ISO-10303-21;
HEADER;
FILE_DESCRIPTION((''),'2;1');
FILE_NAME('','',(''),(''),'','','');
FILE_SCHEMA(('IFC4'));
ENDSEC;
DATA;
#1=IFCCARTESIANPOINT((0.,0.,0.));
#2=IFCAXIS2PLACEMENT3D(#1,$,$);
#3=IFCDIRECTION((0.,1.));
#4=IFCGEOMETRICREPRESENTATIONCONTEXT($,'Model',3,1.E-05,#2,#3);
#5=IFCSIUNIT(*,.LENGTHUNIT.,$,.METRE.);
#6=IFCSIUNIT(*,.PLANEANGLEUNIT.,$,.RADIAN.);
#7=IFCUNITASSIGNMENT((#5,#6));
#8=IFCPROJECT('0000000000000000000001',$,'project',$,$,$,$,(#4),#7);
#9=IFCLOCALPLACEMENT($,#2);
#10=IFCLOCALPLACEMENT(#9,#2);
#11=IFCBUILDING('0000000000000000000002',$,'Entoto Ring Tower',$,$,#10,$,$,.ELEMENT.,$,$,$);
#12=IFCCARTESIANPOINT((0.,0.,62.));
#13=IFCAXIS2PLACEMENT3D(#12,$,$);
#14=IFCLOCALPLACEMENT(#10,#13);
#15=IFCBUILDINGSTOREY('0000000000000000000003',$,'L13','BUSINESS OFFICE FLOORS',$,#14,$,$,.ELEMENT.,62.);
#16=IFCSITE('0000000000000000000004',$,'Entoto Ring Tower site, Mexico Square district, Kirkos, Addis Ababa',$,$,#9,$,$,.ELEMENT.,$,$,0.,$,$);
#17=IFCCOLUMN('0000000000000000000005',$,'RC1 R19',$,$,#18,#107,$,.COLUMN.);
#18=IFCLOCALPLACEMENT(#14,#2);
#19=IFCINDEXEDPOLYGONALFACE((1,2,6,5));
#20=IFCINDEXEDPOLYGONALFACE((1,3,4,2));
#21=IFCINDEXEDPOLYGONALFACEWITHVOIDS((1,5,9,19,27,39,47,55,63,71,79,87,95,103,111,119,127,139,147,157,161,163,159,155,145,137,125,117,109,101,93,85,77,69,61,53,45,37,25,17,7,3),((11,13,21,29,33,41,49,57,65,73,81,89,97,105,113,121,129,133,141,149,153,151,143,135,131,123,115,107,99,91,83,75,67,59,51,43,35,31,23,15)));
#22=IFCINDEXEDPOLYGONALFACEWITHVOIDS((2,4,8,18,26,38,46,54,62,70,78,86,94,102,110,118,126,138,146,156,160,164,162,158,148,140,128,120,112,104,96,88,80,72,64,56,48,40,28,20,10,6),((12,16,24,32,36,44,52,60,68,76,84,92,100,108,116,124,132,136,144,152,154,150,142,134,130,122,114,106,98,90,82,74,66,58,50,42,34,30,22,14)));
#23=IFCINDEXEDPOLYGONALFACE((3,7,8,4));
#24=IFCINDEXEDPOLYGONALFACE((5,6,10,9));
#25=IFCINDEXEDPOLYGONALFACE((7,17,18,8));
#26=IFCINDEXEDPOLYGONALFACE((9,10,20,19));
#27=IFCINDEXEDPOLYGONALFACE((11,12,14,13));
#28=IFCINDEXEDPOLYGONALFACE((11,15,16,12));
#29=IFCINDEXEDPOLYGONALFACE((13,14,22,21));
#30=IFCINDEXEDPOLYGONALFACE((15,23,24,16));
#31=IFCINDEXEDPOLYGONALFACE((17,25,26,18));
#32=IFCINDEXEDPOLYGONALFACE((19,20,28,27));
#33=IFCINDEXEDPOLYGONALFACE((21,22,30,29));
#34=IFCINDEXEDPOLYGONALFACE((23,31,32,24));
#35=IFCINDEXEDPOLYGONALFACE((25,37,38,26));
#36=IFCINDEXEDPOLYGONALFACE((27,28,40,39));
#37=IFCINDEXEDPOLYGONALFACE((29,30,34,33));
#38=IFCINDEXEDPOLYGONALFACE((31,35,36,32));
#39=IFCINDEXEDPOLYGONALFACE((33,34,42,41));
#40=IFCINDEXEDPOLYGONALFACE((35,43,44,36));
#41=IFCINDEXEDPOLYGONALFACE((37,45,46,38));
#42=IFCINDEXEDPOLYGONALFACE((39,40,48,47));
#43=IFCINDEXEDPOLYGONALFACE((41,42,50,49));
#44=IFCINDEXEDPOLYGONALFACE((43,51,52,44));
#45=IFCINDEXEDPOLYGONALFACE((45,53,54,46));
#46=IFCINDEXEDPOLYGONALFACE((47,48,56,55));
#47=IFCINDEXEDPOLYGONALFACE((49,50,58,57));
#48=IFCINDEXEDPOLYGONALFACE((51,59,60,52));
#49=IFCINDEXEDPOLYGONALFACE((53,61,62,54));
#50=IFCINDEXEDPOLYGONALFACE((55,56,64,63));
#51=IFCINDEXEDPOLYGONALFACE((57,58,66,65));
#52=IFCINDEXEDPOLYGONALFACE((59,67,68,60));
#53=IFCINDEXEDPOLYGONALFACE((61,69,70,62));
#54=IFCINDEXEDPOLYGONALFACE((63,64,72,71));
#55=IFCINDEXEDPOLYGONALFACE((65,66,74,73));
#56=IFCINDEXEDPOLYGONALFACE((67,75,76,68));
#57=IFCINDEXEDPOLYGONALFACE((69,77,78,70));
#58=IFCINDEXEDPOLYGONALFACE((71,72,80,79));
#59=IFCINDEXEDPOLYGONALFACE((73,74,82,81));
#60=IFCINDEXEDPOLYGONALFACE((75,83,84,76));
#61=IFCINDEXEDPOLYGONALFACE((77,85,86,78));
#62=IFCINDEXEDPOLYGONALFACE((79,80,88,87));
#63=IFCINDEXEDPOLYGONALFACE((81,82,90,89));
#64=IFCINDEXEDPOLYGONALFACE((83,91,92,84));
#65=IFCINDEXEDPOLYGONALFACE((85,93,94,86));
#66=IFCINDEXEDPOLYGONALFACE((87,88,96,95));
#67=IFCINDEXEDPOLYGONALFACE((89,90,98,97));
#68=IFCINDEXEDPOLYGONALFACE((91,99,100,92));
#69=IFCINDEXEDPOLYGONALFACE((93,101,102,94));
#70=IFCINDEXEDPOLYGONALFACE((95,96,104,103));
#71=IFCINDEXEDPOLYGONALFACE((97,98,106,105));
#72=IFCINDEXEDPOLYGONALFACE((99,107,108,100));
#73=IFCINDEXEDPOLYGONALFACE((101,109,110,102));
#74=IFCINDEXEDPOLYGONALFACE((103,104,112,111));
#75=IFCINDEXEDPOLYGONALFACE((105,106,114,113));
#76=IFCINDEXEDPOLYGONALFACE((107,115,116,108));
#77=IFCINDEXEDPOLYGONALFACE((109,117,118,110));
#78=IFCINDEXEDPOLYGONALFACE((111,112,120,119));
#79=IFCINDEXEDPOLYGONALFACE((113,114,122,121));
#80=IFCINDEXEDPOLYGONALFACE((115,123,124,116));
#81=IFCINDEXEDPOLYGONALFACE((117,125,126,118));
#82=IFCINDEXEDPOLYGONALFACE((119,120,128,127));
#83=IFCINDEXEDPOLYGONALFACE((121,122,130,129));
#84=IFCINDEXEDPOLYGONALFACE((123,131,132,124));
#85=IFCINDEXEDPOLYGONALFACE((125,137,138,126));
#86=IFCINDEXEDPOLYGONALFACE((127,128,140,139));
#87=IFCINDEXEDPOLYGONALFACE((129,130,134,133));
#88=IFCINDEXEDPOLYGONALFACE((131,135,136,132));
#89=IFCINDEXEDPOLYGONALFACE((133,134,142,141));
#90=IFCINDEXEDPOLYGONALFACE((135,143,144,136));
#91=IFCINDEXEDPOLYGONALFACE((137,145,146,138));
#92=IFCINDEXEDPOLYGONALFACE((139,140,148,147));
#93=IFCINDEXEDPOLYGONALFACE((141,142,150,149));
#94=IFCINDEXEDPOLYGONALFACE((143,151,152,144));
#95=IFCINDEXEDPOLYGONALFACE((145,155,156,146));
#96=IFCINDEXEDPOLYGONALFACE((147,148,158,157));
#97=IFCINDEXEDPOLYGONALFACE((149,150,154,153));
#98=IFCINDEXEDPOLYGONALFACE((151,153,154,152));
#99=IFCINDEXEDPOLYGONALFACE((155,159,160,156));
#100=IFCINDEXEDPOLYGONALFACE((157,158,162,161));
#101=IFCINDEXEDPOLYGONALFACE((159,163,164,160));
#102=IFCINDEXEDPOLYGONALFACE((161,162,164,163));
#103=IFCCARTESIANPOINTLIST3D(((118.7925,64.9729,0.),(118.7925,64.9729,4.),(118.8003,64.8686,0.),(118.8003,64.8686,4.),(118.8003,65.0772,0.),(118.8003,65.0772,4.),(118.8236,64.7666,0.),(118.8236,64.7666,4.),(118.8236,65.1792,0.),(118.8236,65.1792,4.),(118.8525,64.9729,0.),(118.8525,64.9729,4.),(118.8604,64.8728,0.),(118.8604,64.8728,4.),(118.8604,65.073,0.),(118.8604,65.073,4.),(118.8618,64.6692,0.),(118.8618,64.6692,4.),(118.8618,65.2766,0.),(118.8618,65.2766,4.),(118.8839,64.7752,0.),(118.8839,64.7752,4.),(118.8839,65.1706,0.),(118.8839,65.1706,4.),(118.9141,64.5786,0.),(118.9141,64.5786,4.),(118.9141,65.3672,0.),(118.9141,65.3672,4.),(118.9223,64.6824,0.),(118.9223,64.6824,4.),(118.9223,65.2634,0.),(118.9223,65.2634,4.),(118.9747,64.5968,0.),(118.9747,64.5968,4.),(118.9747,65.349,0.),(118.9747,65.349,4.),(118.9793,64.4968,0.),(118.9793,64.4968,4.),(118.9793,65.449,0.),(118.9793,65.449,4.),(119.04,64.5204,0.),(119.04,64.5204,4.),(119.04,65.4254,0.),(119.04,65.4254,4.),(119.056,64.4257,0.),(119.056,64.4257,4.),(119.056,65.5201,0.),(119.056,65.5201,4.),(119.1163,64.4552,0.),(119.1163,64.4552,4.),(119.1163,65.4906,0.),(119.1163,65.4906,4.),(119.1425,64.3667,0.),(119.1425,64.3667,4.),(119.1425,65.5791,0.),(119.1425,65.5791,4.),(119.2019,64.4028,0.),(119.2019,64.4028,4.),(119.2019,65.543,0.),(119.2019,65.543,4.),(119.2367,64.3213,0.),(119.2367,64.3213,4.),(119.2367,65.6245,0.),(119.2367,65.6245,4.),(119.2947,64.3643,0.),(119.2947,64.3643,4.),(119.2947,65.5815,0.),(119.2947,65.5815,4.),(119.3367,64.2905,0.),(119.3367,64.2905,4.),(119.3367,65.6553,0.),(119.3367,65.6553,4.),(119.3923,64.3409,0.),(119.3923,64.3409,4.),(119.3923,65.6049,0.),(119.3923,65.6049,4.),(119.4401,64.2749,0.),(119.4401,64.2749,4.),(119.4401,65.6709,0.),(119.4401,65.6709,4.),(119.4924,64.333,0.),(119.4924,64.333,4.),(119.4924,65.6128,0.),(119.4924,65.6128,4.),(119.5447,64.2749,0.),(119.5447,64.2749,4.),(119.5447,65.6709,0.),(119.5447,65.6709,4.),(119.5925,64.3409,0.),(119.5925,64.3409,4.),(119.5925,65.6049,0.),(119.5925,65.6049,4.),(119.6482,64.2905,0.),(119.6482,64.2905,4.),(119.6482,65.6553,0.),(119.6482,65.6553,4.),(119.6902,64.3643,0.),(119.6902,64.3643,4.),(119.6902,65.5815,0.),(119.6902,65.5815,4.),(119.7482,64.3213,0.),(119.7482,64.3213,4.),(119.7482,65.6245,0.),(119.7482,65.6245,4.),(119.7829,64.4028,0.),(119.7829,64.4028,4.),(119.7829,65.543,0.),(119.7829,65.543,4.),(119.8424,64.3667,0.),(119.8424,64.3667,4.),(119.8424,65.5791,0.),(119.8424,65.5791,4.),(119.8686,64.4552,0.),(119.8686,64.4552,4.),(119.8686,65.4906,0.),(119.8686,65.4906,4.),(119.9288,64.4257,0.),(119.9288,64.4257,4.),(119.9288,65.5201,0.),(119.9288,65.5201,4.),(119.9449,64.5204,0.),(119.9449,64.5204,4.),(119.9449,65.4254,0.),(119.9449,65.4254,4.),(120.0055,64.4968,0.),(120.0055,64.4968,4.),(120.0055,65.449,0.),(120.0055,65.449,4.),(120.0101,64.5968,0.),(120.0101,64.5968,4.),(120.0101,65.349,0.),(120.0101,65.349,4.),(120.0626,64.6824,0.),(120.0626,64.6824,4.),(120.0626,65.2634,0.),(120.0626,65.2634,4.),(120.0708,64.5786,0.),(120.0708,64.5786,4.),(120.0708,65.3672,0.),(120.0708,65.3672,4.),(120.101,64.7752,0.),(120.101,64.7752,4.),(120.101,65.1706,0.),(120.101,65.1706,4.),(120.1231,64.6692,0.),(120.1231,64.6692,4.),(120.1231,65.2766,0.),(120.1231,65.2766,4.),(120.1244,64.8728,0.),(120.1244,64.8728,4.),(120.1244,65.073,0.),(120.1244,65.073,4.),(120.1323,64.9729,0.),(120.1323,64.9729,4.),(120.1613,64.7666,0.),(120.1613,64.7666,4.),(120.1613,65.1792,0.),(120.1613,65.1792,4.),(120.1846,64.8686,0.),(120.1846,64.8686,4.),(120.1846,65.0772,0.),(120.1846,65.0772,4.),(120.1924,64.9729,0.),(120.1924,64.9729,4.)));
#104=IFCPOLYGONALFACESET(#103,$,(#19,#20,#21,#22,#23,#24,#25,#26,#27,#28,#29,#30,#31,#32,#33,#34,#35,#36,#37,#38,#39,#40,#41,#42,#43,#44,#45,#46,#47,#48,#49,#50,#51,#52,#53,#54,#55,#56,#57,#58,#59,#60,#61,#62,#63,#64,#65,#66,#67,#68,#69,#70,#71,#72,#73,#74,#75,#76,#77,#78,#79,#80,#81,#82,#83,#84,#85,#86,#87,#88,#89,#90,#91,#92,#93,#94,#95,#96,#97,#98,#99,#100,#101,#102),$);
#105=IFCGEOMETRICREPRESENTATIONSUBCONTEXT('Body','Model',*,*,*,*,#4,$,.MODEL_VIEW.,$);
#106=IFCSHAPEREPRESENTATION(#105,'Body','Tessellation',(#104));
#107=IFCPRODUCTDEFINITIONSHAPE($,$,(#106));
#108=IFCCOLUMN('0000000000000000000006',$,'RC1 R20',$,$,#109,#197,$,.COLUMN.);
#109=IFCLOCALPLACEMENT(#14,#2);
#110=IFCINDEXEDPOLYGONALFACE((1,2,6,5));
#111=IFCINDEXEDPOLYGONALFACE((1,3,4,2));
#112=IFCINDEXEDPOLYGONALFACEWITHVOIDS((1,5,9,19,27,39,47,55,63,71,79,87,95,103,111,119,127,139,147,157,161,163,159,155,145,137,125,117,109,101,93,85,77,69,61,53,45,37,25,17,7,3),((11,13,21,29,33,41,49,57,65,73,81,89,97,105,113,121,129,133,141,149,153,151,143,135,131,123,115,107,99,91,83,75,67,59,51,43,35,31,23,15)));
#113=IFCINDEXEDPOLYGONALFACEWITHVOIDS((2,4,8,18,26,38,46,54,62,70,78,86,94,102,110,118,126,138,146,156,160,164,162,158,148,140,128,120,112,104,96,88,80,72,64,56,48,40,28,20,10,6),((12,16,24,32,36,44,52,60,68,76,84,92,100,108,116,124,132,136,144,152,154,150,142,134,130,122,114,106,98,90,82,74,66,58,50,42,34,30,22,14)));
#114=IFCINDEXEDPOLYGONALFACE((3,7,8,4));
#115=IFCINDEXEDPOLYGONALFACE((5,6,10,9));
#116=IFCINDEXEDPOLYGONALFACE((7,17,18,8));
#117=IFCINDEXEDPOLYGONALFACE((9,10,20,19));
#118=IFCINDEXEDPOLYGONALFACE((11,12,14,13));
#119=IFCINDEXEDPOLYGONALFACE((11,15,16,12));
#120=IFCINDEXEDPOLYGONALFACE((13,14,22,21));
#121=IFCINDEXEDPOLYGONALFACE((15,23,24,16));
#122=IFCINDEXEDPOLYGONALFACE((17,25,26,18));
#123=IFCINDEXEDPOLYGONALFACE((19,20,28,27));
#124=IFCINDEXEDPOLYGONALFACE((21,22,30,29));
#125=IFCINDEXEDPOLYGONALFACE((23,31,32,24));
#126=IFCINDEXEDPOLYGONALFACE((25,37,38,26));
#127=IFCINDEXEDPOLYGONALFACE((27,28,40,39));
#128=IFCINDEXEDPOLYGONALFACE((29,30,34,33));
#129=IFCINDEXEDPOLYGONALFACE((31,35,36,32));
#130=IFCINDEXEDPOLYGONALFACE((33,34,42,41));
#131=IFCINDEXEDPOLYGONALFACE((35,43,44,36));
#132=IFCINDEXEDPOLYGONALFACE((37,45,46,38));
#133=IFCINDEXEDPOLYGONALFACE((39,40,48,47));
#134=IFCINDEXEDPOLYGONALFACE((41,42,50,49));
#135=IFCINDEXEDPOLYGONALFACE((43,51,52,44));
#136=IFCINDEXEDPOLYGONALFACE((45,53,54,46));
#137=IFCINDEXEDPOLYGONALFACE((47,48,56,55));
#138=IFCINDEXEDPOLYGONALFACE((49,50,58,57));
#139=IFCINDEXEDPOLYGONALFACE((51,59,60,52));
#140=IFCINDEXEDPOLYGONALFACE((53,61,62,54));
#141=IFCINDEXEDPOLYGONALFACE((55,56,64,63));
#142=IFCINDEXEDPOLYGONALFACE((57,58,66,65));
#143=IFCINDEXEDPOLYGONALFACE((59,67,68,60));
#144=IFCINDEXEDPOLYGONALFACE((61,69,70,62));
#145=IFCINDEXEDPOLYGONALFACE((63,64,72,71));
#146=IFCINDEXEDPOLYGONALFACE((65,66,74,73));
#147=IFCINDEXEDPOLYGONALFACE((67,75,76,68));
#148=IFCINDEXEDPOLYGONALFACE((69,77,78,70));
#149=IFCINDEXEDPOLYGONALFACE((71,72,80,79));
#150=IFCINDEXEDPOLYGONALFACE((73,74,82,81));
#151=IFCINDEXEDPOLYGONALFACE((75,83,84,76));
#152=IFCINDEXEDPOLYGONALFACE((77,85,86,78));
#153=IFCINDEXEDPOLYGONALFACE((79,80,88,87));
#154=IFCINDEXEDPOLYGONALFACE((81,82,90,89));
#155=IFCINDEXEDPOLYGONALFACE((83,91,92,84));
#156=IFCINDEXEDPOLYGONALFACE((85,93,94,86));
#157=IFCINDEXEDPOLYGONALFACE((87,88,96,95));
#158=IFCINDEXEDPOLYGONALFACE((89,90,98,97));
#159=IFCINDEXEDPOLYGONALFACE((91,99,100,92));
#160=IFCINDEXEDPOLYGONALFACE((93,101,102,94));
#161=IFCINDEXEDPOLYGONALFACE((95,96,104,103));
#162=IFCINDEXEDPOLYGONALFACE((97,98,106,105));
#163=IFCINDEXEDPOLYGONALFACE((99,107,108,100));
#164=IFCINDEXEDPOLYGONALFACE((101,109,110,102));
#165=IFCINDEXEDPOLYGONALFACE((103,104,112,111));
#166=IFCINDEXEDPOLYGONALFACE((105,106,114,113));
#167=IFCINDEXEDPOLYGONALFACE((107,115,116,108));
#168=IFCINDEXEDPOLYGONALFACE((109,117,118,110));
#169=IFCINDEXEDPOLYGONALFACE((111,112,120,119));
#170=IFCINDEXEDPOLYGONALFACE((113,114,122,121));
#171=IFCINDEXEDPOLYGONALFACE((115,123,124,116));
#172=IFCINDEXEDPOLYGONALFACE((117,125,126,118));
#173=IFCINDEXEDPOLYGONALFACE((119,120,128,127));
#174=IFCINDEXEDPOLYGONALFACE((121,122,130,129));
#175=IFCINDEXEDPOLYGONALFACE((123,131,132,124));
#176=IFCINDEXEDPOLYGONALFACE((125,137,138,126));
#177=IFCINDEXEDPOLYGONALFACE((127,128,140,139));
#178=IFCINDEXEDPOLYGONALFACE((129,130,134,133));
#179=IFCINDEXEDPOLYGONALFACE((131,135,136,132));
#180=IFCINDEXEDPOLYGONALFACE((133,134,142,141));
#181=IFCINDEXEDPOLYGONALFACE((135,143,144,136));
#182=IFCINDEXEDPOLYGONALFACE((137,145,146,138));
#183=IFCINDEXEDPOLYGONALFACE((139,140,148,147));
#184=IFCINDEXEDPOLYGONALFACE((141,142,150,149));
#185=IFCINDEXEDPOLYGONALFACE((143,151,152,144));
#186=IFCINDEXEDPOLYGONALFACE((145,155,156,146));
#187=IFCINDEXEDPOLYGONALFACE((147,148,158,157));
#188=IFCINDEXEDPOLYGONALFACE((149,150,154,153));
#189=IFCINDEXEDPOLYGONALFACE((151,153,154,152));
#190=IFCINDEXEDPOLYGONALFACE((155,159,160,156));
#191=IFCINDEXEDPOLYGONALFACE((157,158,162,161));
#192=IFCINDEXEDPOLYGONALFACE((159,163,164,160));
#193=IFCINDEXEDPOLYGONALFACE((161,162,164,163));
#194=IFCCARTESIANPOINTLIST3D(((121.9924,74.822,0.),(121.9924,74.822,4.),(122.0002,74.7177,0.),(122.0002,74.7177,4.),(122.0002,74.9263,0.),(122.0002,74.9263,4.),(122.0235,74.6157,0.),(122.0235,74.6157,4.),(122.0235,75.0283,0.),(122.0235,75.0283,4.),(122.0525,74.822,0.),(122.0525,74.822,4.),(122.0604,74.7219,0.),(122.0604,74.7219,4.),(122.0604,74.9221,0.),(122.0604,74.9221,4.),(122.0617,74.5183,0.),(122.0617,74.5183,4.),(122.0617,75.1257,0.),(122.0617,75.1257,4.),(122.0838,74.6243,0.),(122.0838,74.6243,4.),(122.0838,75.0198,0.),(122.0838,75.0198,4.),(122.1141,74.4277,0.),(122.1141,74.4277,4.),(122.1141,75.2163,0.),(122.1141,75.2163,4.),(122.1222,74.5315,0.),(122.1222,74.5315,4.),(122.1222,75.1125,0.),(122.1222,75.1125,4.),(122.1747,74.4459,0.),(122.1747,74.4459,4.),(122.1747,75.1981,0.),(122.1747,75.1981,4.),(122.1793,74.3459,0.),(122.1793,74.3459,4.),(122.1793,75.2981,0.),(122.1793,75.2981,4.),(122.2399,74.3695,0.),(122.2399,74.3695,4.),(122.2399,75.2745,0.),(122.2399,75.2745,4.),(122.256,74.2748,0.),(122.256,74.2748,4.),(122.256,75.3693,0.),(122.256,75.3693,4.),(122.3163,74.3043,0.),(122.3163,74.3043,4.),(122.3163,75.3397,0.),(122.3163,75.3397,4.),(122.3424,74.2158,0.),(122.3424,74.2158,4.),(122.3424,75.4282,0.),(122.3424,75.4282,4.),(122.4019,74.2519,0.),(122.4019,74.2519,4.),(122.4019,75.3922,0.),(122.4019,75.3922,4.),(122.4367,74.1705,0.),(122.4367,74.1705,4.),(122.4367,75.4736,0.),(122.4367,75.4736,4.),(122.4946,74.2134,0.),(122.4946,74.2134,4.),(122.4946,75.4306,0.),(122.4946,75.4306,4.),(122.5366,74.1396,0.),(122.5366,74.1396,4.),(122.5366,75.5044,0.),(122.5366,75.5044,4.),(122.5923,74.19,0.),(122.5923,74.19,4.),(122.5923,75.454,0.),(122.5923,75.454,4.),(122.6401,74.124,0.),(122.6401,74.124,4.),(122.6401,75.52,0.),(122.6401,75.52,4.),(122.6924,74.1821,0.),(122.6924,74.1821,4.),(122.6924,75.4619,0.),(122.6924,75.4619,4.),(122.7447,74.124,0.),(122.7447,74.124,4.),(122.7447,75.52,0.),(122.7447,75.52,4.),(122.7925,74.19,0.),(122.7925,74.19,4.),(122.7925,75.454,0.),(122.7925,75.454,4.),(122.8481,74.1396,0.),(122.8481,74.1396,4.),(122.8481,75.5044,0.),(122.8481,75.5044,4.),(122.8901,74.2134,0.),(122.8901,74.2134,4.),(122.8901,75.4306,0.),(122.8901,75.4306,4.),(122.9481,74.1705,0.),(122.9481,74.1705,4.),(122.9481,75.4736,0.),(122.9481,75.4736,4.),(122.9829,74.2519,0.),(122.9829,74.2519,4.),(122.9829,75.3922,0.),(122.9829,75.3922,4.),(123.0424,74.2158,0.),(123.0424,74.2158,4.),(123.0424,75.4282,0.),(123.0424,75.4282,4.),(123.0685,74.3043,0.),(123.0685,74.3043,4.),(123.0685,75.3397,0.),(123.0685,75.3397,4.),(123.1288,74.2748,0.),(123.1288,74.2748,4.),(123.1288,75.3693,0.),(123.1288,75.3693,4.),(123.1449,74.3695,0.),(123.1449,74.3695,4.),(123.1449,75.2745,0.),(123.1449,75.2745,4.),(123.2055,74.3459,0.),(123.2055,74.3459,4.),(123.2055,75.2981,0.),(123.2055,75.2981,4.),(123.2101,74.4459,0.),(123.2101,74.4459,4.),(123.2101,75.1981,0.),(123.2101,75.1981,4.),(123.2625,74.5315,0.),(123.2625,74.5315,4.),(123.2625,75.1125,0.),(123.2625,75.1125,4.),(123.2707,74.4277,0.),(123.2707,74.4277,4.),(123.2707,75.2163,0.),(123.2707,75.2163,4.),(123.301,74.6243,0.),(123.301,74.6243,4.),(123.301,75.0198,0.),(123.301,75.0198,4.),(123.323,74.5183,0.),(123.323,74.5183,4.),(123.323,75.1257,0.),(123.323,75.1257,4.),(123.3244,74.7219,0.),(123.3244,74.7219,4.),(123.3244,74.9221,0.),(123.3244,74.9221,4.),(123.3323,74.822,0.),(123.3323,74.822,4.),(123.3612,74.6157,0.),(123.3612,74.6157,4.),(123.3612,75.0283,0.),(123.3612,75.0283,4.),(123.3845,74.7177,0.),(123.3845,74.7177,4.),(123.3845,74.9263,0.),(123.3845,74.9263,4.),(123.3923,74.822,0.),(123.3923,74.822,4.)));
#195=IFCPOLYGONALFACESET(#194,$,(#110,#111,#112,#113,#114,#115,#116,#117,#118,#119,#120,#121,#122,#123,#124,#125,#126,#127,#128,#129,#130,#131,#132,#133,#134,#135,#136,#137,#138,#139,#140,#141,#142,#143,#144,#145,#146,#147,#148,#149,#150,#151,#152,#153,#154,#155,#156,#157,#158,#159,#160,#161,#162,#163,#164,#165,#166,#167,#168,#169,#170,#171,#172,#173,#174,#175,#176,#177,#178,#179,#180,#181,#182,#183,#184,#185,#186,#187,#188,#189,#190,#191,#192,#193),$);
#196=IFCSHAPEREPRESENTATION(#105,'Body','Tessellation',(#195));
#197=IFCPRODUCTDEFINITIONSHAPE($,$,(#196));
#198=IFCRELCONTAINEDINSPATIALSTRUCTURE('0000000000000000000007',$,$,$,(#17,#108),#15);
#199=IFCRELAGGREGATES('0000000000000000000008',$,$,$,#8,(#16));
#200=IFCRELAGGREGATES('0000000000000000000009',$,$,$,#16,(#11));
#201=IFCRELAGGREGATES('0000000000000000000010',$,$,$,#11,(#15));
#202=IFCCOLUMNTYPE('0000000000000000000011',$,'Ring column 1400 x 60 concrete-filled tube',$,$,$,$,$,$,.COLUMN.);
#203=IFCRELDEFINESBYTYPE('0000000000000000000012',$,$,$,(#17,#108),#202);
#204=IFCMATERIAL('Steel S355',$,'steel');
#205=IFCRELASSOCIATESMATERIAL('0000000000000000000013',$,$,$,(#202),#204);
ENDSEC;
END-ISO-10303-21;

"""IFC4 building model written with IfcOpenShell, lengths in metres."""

from ifc_helpers import new_model, si_unit, direction, frame, origin, origin_2d, place, context, subcontext, project, spatial, circle, hollow_circle, extrude, material, material_profile, profile_set, type_object, element, save


model = new_model("IFC4")

# Units and contexts
model_context = context("Model", 3, precision=1e-05, world=origin(), true_north=direction((0.0, 1.0)))
body_context = subcontext(model_context, "Body", "Model", "MODEL_VIEW")
ifc_project = project(units=[si_unit("LENGTHUNIT", "METRE"), si_unit("PLANEANGLEUNIT", "RADIAN")], contexts=[model_context])

# Site, building, storey
site_placement = place(None, origin())
site = spatial("IfcSite", under=ifc_project, at=site_placement, Name="Entoto Ring Tower site, Mexico Square district, Kirkos, Addis Ababa", CompositionType="ELEMENT", RefElevation=0.0)
building_placement = place(site_placement, origin())
building = spatial("IfcBuilding", under=site, at=building_placement, Name="Entoto Ring Tower", CompositionType="ELEMENT")
storey_placement = place(building_placement, frame((0.0, 0.0, 62.0)))
storey = spatial("IfcBuildingStorey", under=building, at=storey_placement, Name="L13", Description="BUSINESS OFFICE FLOORS", CompositionType="ELEMENT", Elevation=62.0)

# Columns
ifc_material_1 = material(Name="Steel S355", Category="steel")
ifc_material_profile_1 = material_profile(ifc_material_1, hollow_circle(Radius=0.7, WallThickness=0.0601, at=origin_2d()), Name="CHS 1400 x 60")
ifc_material_2 = material(Name="Concrete C60/75", Category="concrete")
ifc_material_profile_2 = material_profile(ifc_material_2, circle(Radius=0.6399, at=origin_2d()), Name="Concrete C60/75 infill")
ifc_profile_set_1 = profile_set([ifc_material_profile_1, ifc_material_profile_2], Name="Steel S355")
column_type = type_object("IfcColumnType", Name="Ring column 1400 x 60 concrete-filled tube", PredefinedType="COLUMN", material=ifc_profile_set_1)
for number, where, z_axis, x_axis, name in (
    (1, (119.4924, 64.9729, 0.0), (0.0, 0.0, 1.0), (1.0, 0.0, 0.0), "RC1 R19"),
    (2, (122.6924, 74.822, 0.0), (0.0, 0.0, 1.0), (1.0, 0.0, 0.0), "RC1 R20"),
):
    element("IfcColumn", number, at=place(storey_placement, frame(where, z_axis=z_axis, x_axis=x_axis)), inside=storey, type_object=column_type, Name=name, PredefinedType="COLUMN", context=body_context, shape_type="SweptSolid", body=[
        extrude(hollow_circle(Radius=0.7, WallThickness=0.0601, at=origin_2d()), origin(), (0.0, 0.0, 1.0), 4.0),
    ])

save(model, "model.ifc")
